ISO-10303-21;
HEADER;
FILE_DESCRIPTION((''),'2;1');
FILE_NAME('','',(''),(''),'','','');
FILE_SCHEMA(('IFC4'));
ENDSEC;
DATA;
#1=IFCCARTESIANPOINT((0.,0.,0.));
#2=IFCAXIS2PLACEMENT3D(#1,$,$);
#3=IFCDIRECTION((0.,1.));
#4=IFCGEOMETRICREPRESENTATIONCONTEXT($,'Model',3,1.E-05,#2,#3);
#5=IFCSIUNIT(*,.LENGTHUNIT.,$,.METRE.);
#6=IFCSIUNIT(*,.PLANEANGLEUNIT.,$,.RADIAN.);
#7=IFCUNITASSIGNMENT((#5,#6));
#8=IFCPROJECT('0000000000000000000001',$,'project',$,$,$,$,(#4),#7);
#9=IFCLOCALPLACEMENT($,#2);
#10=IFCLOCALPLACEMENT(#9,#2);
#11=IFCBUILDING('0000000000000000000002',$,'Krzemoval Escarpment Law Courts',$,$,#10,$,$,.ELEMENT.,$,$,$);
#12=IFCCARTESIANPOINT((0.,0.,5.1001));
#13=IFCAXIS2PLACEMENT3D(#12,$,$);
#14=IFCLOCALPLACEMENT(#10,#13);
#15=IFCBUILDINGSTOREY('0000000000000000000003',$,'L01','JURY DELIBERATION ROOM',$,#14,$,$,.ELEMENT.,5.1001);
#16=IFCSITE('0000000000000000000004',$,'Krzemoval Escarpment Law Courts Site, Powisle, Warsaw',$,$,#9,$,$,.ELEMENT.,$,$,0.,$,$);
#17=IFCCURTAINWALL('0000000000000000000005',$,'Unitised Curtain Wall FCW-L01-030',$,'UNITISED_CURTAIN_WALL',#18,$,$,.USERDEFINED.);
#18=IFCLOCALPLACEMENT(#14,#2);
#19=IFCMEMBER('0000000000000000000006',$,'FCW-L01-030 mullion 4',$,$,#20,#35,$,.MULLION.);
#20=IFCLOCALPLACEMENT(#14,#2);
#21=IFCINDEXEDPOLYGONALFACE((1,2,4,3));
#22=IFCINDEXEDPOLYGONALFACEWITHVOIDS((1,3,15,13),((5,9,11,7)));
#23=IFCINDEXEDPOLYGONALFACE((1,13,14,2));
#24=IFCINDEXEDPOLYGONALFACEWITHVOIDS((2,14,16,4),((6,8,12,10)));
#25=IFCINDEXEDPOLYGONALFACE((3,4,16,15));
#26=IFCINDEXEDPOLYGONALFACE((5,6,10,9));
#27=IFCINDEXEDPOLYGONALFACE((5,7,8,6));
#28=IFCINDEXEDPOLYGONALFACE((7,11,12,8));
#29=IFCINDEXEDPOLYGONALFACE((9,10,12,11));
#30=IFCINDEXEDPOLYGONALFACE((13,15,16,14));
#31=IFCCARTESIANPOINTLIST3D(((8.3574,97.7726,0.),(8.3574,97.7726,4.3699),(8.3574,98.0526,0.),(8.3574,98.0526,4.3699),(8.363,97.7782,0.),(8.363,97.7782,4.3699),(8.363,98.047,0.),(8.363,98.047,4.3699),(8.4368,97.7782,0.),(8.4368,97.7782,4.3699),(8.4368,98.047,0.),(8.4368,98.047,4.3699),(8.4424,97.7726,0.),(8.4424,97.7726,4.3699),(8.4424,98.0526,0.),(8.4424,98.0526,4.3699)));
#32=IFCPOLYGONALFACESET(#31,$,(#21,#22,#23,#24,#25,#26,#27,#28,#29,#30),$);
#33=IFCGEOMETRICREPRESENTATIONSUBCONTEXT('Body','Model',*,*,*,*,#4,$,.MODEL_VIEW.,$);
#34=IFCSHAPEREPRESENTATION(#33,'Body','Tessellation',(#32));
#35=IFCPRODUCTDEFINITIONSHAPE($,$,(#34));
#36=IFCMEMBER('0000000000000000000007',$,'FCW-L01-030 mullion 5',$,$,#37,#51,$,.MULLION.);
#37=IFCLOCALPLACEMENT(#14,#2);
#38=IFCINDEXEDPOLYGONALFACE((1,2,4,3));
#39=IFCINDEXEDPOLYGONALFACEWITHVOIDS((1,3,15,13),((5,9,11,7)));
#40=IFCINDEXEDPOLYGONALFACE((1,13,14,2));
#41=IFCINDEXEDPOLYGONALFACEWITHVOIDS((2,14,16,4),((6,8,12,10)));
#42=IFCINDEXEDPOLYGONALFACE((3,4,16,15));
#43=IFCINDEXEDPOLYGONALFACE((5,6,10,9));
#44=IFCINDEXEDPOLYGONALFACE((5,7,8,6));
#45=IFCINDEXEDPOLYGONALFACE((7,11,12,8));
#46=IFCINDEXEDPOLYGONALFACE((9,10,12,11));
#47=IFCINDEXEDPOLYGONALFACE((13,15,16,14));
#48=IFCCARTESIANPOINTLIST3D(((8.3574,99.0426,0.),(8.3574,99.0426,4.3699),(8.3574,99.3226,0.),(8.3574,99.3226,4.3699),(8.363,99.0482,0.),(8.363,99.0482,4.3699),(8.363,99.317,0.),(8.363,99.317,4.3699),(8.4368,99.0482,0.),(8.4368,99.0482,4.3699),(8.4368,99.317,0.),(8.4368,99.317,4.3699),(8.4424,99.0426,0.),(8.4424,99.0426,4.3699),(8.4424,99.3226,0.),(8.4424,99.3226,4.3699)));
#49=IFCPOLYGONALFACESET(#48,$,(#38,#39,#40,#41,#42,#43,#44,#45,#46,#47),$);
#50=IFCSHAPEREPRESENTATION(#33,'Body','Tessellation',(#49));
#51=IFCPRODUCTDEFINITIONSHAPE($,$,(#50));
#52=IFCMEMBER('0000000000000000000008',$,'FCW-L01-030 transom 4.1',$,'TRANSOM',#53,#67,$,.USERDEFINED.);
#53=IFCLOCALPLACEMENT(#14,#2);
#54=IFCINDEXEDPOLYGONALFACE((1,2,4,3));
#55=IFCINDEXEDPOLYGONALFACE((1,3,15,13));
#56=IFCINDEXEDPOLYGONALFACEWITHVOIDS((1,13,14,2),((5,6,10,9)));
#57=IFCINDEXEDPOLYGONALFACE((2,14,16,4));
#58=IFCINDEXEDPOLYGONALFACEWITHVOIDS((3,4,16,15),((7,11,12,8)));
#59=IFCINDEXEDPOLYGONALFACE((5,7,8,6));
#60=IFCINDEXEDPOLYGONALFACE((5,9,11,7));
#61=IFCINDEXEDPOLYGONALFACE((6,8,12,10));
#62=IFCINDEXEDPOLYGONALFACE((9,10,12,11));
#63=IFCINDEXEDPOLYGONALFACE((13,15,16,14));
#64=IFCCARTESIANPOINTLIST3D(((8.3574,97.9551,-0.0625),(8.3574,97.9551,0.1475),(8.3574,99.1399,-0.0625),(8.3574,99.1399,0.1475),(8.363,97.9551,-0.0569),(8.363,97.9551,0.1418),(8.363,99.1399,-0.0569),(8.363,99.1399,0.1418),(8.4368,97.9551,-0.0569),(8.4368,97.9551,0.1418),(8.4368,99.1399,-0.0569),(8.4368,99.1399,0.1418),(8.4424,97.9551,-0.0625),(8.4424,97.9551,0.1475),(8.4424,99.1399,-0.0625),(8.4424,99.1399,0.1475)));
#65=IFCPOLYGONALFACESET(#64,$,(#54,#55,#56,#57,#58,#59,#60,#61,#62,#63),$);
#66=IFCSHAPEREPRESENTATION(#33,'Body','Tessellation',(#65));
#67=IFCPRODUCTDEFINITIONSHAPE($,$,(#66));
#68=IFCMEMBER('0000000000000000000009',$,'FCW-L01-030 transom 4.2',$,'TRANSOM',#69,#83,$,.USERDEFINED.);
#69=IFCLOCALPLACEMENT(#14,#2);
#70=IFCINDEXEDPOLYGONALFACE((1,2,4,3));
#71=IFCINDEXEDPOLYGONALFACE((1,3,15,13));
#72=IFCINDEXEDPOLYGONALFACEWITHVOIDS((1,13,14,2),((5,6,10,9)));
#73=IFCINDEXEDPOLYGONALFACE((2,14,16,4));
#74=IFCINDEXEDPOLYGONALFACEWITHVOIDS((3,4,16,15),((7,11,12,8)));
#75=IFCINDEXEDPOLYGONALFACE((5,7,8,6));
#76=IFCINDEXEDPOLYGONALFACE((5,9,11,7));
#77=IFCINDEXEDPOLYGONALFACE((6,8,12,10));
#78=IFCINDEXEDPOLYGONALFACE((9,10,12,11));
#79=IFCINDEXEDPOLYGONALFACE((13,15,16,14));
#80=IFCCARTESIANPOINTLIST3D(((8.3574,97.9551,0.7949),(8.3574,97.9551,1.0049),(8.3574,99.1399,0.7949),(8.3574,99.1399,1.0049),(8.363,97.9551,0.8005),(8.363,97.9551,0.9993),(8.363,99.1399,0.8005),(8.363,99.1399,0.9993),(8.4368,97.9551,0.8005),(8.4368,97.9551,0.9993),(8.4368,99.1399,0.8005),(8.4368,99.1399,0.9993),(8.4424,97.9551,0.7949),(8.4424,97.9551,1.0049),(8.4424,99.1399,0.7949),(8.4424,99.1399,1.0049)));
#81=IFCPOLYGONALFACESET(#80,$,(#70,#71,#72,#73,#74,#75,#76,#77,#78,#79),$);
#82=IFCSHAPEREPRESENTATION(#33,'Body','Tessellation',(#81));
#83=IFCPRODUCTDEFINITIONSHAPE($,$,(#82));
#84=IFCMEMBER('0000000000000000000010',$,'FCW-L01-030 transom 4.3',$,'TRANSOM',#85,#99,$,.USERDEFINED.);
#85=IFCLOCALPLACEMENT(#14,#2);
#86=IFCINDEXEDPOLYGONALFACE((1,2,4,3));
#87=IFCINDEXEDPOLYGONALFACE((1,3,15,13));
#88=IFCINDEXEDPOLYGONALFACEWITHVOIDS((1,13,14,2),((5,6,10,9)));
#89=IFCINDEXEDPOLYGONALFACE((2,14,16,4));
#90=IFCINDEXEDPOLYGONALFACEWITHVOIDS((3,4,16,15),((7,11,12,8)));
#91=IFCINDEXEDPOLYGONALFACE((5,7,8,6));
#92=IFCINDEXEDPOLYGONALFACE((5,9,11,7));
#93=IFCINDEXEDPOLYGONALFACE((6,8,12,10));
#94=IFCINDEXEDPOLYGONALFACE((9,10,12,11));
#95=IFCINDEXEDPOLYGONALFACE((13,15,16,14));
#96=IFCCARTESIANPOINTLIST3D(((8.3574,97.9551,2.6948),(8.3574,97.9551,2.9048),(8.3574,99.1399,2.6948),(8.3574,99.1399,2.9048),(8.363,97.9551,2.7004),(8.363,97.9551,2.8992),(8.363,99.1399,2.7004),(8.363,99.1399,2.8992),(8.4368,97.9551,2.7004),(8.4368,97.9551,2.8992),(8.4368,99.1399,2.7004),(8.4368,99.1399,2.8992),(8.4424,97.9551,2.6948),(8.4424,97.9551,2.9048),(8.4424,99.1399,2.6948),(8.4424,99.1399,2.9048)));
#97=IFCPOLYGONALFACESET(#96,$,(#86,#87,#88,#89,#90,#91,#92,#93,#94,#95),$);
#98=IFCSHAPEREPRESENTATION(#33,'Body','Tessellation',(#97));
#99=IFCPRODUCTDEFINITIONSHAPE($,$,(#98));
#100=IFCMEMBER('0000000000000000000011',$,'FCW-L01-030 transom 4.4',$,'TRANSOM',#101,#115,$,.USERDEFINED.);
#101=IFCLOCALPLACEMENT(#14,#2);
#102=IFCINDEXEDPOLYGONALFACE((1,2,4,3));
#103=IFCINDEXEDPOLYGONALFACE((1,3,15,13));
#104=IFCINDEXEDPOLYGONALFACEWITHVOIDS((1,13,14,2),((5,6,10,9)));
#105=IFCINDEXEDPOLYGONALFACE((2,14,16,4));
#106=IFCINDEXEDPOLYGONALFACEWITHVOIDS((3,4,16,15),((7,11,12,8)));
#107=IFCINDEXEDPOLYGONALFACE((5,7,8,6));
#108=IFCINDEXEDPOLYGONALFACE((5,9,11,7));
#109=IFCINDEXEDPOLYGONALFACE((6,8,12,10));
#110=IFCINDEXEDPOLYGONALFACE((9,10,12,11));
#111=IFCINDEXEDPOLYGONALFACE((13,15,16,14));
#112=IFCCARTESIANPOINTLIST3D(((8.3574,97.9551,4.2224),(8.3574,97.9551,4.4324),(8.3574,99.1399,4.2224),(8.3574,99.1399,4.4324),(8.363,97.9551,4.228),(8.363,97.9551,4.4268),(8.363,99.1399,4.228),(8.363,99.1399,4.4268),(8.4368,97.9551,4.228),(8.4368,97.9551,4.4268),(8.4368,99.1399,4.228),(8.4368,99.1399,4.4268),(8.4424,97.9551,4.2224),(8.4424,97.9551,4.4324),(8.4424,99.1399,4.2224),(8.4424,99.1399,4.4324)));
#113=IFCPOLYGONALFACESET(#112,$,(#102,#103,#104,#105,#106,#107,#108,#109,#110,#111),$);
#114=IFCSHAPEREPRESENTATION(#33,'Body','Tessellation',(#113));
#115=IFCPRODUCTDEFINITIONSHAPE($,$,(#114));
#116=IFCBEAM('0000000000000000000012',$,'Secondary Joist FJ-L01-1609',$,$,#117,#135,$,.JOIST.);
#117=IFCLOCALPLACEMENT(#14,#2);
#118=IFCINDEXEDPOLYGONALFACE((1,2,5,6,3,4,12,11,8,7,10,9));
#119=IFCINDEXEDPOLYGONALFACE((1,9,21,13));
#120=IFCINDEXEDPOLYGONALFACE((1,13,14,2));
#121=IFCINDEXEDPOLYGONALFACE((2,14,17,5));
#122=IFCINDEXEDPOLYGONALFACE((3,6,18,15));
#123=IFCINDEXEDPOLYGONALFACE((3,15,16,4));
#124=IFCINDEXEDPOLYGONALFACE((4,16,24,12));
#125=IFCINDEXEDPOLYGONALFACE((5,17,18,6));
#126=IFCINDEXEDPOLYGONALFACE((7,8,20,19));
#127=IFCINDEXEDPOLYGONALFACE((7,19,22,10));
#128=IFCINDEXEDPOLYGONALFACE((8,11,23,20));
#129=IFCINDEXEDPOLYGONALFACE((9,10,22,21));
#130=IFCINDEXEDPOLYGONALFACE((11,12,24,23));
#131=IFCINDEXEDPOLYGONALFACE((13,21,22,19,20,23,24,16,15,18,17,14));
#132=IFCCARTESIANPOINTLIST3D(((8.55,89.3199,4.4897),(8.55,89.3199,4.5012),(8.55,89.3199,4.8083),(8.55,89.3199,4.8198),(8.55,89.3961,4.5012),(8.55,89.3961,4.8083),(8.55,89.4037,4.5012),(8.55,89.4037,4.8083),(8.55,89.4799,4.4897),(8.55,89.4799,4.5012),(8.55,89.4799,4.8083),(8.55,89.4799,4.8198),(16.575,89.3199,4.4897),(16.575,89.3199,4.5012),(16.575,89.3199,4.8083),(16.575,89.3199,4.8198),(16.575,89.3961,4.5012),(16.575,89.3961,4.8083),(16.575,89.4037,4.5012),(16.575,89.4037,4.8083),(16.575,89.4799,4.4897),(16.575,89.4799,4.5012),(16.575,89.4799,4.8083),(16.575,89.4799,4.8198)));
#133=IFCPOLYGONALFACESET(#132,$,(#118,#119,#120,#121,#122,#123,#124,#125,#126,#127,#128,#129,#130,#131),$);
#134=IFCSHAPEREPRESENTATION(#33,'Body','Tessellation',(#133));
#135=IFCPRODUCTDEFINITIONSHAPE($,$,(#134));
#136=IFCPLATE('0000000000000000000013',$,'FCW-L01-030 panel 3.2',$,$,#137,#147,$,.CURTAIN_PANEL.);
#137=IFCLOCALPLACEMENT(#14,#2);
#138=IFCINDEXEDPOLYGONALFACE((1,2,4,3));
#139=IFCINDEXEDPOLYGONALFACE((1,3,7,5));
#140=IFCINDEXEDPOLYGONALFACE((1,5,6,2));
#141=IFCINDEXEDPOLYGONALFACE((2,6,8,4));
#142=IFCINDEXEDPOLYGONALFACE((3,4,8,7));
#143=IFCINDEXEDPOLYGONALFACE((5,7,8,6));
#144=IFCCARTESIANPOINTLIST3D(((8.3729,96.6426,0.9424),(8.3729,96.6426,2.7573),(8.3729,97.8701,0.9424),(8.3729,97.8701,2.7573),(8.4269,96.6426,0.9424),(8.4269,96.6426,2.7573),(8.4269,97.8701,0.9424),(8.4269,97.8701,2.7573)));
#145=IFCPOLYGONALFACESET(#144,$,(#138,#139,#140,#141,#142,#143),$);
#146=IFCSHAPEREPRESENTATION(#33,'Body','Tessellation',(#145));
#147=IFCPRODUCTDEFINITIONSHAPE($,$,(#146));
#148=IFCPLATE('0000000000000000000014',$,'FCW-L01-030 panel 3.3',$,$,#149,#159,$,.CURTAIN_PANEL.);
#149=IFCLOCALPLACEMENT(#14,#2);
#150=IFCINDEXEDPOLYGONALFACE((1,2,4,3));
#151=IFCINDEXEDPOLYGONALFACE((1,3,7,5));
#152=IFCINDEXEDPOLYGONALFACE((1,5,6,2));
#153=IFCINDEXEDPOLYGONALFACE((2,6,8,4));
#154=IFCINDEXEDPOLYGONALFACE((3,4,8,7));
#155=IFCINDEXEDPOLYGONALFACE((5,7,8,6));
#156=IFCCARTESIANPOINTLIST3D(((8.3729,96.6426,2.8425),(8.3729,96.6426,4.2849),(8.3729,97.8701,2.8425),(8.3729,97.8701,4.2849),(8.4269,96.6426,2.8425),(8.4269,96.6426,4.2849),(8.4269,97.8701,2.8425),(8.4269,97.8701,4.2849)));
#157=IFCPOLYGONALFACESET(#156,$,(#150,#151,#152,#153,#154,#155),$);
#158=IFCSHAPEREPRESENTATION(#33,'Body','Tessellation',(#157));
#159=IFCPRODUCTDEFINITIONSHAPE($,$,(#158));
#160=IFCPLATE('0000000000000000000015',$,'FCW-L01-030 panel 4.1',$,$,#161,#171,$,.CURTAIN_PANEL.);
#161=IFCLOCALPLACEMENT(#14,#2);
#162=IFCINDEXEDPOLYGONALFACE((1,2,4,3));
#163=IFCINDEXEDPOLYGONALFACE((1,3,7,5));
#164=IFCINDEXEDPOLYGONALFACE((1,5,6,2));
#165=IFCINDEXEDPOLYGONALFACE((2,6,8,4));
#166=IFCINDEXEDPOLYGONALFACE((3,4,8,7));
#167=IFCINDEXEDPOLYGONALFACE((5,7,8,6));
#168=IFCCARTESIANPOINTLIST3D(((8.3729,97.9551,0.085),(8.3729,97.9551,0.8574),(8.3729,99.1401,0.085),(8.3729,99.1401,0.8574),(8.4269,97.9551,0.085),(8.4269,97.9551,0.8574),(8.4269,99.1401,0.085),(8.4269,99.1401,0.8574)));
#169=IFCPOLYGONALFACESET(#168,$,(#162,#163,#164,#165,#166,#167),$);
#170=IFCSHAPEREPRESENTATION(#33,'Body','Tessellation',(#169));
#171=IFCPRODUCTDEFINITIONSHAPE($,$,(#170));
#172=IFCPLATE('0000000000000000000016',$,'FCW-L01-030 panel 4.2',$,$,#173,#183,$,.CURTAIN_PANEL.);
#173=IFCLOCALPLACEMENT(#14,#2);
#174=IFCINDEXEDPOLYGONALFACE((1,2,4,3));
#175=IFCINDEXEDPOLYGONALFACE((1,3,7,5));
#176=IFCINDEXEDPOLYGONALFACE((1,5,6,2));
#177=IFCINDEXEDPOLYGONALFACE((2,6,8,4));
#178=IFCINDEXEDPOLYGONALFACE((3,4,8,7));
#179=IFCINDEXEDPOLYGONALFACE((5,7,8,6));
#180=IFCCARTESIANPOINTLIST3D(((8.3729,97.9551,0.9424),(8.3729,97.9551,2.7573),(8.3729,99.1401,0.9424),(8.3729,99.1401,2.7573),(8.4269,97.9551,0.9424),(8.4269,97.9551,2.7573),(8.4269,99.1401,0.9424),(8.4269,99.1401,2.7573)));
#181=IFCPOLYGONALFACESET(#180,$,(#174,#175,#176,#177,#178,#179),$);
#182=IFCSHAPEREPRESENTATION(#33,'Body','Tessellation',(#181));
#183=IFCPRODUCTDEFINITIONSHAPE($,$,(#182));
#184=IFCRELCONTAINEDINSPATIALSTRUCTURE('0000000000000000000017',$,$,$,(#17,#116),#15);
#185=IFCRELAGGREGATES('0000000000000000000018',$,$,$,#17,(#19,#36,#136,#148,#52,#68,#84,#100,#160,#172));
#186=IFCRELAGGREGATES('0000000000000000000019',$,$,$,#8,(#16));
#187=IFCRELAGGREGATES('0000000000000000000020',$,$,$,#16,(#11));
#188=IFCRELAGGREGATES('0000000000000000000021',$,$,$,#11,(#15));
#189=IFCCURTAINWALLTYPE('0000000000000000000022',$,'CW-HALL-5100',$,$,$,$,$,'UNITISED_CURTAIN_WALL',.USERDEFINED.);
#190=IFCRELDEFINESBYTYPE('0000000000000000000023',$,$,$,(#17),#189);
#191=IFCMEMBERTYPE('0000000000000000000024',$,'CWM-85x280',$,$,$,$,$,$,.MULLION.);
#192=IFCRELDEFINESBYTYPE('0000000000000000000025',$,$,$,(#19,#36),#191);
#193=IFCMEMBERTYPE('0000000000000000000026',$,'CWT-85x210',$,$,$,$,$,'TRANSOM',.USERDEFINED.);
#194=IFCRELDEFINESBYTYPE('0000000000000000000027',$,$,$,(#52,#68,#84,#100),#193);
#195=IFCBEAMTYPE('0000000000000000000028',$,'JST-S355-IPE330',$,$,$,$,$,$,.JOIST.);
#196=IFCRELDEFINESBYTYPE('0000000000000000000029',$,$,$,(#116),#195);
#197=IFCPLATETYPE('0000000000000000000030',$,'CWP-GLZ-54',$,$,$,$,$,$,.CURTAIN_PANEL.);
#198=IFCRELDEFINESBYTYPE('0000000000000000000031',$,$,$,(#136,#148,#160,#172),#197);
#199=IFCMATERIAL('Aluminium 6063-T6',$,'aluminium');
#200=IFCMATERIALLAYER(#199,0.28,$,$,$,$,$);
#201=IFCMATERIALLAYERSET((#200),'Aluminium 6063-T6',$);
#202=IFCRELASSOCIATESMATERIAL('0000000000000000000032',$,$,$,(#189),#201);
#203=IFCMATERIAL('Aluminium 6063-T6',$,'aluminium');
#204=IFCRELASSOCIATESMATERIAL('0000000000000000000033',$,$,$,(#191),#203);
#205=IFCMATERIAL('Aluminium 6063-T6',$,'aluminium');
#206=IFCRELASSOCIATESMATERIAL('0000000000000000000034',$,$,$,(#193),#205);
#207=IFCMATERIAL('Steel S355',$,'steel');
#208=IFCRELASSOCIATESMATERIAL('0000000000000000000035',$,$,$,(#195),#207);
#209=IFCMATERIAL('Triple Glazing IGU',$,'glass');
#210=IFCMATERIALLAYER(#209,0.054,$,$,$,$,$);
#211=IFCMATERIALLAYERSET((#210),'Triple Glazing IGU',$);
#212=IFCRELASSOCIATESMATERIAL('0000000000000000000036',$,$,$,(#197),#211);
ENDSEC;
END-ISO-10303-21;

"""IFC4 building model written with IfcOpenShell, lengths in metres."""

from ifc_helpers import new_model, si_unit, direction, frame, origin, origin_2d, place, context, subcontext, project, spatial, rectangle, hollow_rectangle, i_section, extrude, material, layer, layer_set, material_profile, profile_set, type_object, element, aggregate, save


model = new_model("IFC4")

# Units and contexts
model_context = context("Model", 3, precision=1e-05, world=origin(), true_north=direction((0.0, 1.0)))
body_context = subcontext(model_context, "Body", "Model", "MODEL_VIEW")
ifc_project = project(units=[si_unit("LENGTHUNIT", "METRE"), si_unit("PLANEANGLEUNIT", "RADIAN")], contexts=[model_context])

# Site, building, storey
site_placement = place(None, origin())
site = spatial("IfcSite", under=ifc_project, at=site_placement, Name="Krzemoval Escarpment Law Courts Site, Powisle, Warsaw", CompositionType="ELEMENT", RefElevation=0.0)
building_placement = place(site_placement, origin())
building = spatial("IfcBuilding", under=site, at=building_placement, Name="Krzemoval Escarpment Law Courts", CompositionType="ELEMENT")
storey_placement = place(building_placement, frame((0.0, 0.0, 5.1001)))
storey = spatial("IfcBuildingStorey", under=building, at=storey_placement, Name="L01", Description="JURY DELIBERATION ROOM", CompositionType="ELEMENT", Elevation=5.1001)

# Curtain wall, members
ifc_material_1 = material(Name="Aluminium 6063-T6", Category="aluminium")
ifc_layer_1 = layer(ifc_material_1, 0.28)
ifc_layer_set_1 = layer_set([ifc_layer_1], Name="Aluminium 6063-T6")
curtain_wall_type = type_object("IfcCurtainWallType", Name="CW-HALL-5100", ElementType="UNITISED_CURTAIN_WALL", PredefinedType="USERDEFINED", material=ifc_layer_set_1)
curtain_wall_placement = place(storey_placement, origin())
curtain_wall = element("IfcCurtainWall", 1, at=curtain_wall_placement, inside=storey, type_object=curtain_wall_type, Name="Unitised Curtain Wall FCW-L01-030", ObjectType="UNITISED_CURTAIN_WALL", PredefinedType="USERDEFINED")
ifc_material_2 = material(Name="Aluminium 6063-T6", Category="aluminium")
ifc_material_profile_1 = material_profile(ifc_material_2, hollow_rectangle(XDim=0.085, YDim=0.28, WallThickness=0.0056, at=origin_2d()), Name="ALU M85x280")
ifc_profile_set_1 = profile_set([ifc_material_profile_1], Name="Aluminium 6063-T6")
member_type_1 = type_object("IfcMemberType", Name="CWM-85x280", PredefinedType="MULLION", material=ifc_profile_set_1)
member_1_placement = place(storey_placement, frame((8.3999, 97.9126, 0.0), z_axis=(0.0, 0.0, 1.0), x_axis=(-1.0, 0.0, 0.0)))
member_1 = element("IfcMember", 2, at=member_1_placement, type_object=member_type_1, Name="FCW-L01-030 mullion 4", PredefinedType="MULLION", context=body_context, shape_type="SweptSolid", body=[
    extrude(hollow_rectangle(XDim=0.085, YDim=0.28, WallThickness=0.0056, at=origin_2d()), origin(), (0.0, 0.0, 1.0), 4.3699),
])
member_2_placement = place(storey_placement, frame((8.3999, 99.1826, 0.0), z_axis=(0.0, 0.0, 1.0), x_axis=(-1.0, 0.0, 0.0)))
member_2 = element("IfcMember", 3, at=member_2_placement, type_object=member_type_1, Name="FCW-L01-030 mullion 5", PredefinedType="MULLION", context=body_context, shape_type="SweptSolid", body=[
    extrude(hollow_rectangle(XDim=0.085, YDim=0.28, WallThickness=0.0056, at=origin_2d()), origin(), (0.0, 0.0, 1.0), 4.3699),
])
ifc_material_3 = material(Name="Aluminium 6063-T6", Category="aluminium")
ifc_material_profile_2 = material_profile(ifc_material_3, hollow_rectangle(XDim=0.085, YDim=0.21, WallThickness=0.0056, at=origin_2d()), Name="ALU T85x210")
ifc_profile_set_2 = profile_set([ifc_material_profile_2], Name="Aluminium 6063-T6")
member_type_2 = type_object("IfcMemberType", Name="CWT-85x210", ElementType="TRANSOM", PredefinedType="USERDEFINED", material=ifc_profile_set_2)
member_3_placement = place(storey_placement, frame((8.3999, 97.9551, 0.0425), z_axis=(0.0, 1.0, 0.0), x_axis=(-1.0, 0.0, 0.0)))
member_3 = element("IfcMember", 4, at=member_3_placement, type_object=member_type_2, Name="FCW-L01-030 transom 4.1", ObjectType="TRANSOM", PredefinedType="USERDEFINED", context=body_context, shape_type="SweptSolid", body=[
    extrude(hollow_rectangle(XDim=0.085, YDim=0.21, WallThickness=0.0056, at=origin_2d()), origin(), (0.0, 0.0, 1.0), 1.1848),
])
member_4_placement = place(storey_placement, frame((8.3999, 97.9551, 0.8999), z_axis=(0.0, 1.0, 0.0), x_axis=(-1.0, 0.0, 0.0)))
member_4 = element("IfcMember", 5, at=member_4_placement, type_object=member_type_2, Name="FCW-L01-030 transom 4.2", ObjectType="TRANSOM", PredefinedType="USERDEFINED", context=body_context, shape_type="SweptSolid", body=[
    extrude(hollow_rectangle(XDim=0.085, YDim=0.21, WallThickness=0.0056, at=origin_2d()), origin(), (0.0, 0.0, 1.0), 1.1848),
])
member_5_placement = place(storey_placement, frame((8.3999, 97.9551, 2.7998), z_axis=(0.0, 1.0, 0.0), x_axis=(-1.0, 0.0, 0.0)))
member_5 = element("IfcMember", 6, at=member_5_placement, type_object=member_type_2, Name="FCW-L01-030 transom 4.3", ObjectType="TRANSOM", PredefinedType="USERDEFINED", context=body_context, shape_type="SweptSolid", body=[
    extrude(hollow_rectangle(XDim=0.085, YDim=0.21, WallThickness=0.0056, at=origin_2d()), origin(), (0.0, 0.0, 1.0), 1.1848),
])
member_6_placement = place(storey_placement, frame((8.3999, 97.9551, 4.3274), z_axis=(0.0, 1.0, 0.0), x_axis=(-1.0, 0.0, 0.0)))
member_6 = element("IfcMember", 7, at=member_6_placement, type_object=member_type_2, Name="FCW-L01-030 transom 4.4", ObjectType="TRANSOM", PredefinedType="USERDEFINED", context=body_context, shape_type="SweptSolid", body=[
    extrude(hollow_rectangle(XDim=0.085, YDim=0.21, WallThickness=0.0056, at=origin_2d()), origin(), (0.0, 0.0, 1.0), 1.1848),
])

# Beam
ifc_material_4 = material(Name="Steel S355", Category="steel")
ifc_material_profile_3 = material_profile(ifc_material_4, i_section(OverallWidth=0.1599, OverallDepth=0.3301, WebThickness=0.0076, FlangeThickness=0.0115, at=origin_2d()), Name="IPE 330")
ifc_profile_set_3 = profile_set([ifc_material_profile_3], Name="Steel S355")
beam_type_1 = type_object("IfcBeamType", Name="JST-S355-IPE330", PredefinedType="JOIST", material=ifc_profile_set_3)
beam_1_placement = place(storey_placement, frame((8.55, 89.3999, 4.6548), z_axis=(1.0, 0.0, 0.0), x_axis=(0.0, 1.0, 0.0)))
element("IfcBeam", 8, at=beam_1_placement, inside=storey, type_object=beam_type_1, Name="Secondary Joist FJ-L01-1609", PredefinedType="JOIST", context=body_context, shape_type="SweptSolid", body=[
    extrude(i_section(OverallWidth=0.1599, OverallDepth=0.3301, WebThickness=0.0076, FlangeThickness=0.0115, at=origin_2d()), origin(), (0.0, 0.0, 1.0), 8.0249),
])

# Plates
ifc_material_5 = material(Name="Triple Glazing IGU", Category="glass")
ifc_layer_2 = layer(ifc_material_5, 0.054)
ifc_layer_set_2 = layer_set([ifc_layer_2], Name="Triple Glazing IGU")
plate_type = type_object("IfcPlateType", Name="CWP-GLZ-54", PredefinedType="CURTAIN_PANEL", material=ifc_layer_set_2)
plate_1_placement = place(storey_placement, frame((8.3999, 97.2563, 0.9424), z_axis=(0.0, 0.0, 1.0), x_axis=(0.0, 1.0, 0.0)))
plate_1 = element("IfcPlate", 9, at=plate_1_placement, type_object=plate_type, Name="FCW-L01-030 panel 3.2", PredefinedType="CURTAIN_PANEL", context=body_context, shape_type="SweptSolid", body=[
    extrude(rectangle(XDim=1.2275, YDim=0.054, at=origin_2d()), origin(), (0.0, 0.0, 1.0), 1.8149),
])
plate_2_placement = place(storey_placement, frame((8.3999, 97.2563, 2.8425), z_axis=(0.0, 0.0, 1.0), x_axis=(0.0, 1.0, 0.0)))
plate_2 = element("IfcPlate", 10, at=plate_2_placement, type_object=plate_type, Name="FCW-L01-030 panel 3.3", PredefinedType="CURTAIN_PANEL", context=body_context, shape_type="SweptSolid", body=[
    extrude(rectangle(XDim=1.2275, YDim=0.054, at=origin_2d()), origin(), (0.0, 0.0, 1.0), 1.4424),
])
plate_3_placement = place(storey_placement, frame((8.3999, 98.5476, 0.085), z_axis=(0.0, 0.0, 1.0), x_axis=(0.0, 1.0, 0.0)))
plate_3 = element("IfcPlate", 11, at=plate_3_placement, type_object=plate_type, Name="FCW-L01-030 panel 4.1", PredefinedType="CURTAIN_PANEL", context=body_context, shape_type="SweptSolid", body=[
    extrude(rectangle(XDim=1.1851, YDim=0.054, at=origin_2d()), origin(), (0.0, 0.0, 1.0), 0.7725),
])
plate_4_placement = place(storey_placement, frame((8.3999, 98.5476, 0.9424), z_axis=(0.0, 0.0, 1.0), x_axis=(0.0, 1.0, 0.0)))
plate_4 = element("IfcPlate", 12, at=plate_4_placement, type_object=plate_type, Name="FCW-L01-030 panel 4.2", PredefinedType="CURTAIN_PANEL", context=body_context, shape_type="SweptSolid", body=[
    extrude(rectangle(XDim=1.1851, YDim=0.054, at=origin_2d()), origin(), (0.0, 0.0, 1.0), 1.8149),
])
aggregate(curtain_wall, [member_1, member_2, plate_1, plate_2, member_3, member_4, member_5, member_6, plate_3, plate_4])

save(model, "model.ifc")
